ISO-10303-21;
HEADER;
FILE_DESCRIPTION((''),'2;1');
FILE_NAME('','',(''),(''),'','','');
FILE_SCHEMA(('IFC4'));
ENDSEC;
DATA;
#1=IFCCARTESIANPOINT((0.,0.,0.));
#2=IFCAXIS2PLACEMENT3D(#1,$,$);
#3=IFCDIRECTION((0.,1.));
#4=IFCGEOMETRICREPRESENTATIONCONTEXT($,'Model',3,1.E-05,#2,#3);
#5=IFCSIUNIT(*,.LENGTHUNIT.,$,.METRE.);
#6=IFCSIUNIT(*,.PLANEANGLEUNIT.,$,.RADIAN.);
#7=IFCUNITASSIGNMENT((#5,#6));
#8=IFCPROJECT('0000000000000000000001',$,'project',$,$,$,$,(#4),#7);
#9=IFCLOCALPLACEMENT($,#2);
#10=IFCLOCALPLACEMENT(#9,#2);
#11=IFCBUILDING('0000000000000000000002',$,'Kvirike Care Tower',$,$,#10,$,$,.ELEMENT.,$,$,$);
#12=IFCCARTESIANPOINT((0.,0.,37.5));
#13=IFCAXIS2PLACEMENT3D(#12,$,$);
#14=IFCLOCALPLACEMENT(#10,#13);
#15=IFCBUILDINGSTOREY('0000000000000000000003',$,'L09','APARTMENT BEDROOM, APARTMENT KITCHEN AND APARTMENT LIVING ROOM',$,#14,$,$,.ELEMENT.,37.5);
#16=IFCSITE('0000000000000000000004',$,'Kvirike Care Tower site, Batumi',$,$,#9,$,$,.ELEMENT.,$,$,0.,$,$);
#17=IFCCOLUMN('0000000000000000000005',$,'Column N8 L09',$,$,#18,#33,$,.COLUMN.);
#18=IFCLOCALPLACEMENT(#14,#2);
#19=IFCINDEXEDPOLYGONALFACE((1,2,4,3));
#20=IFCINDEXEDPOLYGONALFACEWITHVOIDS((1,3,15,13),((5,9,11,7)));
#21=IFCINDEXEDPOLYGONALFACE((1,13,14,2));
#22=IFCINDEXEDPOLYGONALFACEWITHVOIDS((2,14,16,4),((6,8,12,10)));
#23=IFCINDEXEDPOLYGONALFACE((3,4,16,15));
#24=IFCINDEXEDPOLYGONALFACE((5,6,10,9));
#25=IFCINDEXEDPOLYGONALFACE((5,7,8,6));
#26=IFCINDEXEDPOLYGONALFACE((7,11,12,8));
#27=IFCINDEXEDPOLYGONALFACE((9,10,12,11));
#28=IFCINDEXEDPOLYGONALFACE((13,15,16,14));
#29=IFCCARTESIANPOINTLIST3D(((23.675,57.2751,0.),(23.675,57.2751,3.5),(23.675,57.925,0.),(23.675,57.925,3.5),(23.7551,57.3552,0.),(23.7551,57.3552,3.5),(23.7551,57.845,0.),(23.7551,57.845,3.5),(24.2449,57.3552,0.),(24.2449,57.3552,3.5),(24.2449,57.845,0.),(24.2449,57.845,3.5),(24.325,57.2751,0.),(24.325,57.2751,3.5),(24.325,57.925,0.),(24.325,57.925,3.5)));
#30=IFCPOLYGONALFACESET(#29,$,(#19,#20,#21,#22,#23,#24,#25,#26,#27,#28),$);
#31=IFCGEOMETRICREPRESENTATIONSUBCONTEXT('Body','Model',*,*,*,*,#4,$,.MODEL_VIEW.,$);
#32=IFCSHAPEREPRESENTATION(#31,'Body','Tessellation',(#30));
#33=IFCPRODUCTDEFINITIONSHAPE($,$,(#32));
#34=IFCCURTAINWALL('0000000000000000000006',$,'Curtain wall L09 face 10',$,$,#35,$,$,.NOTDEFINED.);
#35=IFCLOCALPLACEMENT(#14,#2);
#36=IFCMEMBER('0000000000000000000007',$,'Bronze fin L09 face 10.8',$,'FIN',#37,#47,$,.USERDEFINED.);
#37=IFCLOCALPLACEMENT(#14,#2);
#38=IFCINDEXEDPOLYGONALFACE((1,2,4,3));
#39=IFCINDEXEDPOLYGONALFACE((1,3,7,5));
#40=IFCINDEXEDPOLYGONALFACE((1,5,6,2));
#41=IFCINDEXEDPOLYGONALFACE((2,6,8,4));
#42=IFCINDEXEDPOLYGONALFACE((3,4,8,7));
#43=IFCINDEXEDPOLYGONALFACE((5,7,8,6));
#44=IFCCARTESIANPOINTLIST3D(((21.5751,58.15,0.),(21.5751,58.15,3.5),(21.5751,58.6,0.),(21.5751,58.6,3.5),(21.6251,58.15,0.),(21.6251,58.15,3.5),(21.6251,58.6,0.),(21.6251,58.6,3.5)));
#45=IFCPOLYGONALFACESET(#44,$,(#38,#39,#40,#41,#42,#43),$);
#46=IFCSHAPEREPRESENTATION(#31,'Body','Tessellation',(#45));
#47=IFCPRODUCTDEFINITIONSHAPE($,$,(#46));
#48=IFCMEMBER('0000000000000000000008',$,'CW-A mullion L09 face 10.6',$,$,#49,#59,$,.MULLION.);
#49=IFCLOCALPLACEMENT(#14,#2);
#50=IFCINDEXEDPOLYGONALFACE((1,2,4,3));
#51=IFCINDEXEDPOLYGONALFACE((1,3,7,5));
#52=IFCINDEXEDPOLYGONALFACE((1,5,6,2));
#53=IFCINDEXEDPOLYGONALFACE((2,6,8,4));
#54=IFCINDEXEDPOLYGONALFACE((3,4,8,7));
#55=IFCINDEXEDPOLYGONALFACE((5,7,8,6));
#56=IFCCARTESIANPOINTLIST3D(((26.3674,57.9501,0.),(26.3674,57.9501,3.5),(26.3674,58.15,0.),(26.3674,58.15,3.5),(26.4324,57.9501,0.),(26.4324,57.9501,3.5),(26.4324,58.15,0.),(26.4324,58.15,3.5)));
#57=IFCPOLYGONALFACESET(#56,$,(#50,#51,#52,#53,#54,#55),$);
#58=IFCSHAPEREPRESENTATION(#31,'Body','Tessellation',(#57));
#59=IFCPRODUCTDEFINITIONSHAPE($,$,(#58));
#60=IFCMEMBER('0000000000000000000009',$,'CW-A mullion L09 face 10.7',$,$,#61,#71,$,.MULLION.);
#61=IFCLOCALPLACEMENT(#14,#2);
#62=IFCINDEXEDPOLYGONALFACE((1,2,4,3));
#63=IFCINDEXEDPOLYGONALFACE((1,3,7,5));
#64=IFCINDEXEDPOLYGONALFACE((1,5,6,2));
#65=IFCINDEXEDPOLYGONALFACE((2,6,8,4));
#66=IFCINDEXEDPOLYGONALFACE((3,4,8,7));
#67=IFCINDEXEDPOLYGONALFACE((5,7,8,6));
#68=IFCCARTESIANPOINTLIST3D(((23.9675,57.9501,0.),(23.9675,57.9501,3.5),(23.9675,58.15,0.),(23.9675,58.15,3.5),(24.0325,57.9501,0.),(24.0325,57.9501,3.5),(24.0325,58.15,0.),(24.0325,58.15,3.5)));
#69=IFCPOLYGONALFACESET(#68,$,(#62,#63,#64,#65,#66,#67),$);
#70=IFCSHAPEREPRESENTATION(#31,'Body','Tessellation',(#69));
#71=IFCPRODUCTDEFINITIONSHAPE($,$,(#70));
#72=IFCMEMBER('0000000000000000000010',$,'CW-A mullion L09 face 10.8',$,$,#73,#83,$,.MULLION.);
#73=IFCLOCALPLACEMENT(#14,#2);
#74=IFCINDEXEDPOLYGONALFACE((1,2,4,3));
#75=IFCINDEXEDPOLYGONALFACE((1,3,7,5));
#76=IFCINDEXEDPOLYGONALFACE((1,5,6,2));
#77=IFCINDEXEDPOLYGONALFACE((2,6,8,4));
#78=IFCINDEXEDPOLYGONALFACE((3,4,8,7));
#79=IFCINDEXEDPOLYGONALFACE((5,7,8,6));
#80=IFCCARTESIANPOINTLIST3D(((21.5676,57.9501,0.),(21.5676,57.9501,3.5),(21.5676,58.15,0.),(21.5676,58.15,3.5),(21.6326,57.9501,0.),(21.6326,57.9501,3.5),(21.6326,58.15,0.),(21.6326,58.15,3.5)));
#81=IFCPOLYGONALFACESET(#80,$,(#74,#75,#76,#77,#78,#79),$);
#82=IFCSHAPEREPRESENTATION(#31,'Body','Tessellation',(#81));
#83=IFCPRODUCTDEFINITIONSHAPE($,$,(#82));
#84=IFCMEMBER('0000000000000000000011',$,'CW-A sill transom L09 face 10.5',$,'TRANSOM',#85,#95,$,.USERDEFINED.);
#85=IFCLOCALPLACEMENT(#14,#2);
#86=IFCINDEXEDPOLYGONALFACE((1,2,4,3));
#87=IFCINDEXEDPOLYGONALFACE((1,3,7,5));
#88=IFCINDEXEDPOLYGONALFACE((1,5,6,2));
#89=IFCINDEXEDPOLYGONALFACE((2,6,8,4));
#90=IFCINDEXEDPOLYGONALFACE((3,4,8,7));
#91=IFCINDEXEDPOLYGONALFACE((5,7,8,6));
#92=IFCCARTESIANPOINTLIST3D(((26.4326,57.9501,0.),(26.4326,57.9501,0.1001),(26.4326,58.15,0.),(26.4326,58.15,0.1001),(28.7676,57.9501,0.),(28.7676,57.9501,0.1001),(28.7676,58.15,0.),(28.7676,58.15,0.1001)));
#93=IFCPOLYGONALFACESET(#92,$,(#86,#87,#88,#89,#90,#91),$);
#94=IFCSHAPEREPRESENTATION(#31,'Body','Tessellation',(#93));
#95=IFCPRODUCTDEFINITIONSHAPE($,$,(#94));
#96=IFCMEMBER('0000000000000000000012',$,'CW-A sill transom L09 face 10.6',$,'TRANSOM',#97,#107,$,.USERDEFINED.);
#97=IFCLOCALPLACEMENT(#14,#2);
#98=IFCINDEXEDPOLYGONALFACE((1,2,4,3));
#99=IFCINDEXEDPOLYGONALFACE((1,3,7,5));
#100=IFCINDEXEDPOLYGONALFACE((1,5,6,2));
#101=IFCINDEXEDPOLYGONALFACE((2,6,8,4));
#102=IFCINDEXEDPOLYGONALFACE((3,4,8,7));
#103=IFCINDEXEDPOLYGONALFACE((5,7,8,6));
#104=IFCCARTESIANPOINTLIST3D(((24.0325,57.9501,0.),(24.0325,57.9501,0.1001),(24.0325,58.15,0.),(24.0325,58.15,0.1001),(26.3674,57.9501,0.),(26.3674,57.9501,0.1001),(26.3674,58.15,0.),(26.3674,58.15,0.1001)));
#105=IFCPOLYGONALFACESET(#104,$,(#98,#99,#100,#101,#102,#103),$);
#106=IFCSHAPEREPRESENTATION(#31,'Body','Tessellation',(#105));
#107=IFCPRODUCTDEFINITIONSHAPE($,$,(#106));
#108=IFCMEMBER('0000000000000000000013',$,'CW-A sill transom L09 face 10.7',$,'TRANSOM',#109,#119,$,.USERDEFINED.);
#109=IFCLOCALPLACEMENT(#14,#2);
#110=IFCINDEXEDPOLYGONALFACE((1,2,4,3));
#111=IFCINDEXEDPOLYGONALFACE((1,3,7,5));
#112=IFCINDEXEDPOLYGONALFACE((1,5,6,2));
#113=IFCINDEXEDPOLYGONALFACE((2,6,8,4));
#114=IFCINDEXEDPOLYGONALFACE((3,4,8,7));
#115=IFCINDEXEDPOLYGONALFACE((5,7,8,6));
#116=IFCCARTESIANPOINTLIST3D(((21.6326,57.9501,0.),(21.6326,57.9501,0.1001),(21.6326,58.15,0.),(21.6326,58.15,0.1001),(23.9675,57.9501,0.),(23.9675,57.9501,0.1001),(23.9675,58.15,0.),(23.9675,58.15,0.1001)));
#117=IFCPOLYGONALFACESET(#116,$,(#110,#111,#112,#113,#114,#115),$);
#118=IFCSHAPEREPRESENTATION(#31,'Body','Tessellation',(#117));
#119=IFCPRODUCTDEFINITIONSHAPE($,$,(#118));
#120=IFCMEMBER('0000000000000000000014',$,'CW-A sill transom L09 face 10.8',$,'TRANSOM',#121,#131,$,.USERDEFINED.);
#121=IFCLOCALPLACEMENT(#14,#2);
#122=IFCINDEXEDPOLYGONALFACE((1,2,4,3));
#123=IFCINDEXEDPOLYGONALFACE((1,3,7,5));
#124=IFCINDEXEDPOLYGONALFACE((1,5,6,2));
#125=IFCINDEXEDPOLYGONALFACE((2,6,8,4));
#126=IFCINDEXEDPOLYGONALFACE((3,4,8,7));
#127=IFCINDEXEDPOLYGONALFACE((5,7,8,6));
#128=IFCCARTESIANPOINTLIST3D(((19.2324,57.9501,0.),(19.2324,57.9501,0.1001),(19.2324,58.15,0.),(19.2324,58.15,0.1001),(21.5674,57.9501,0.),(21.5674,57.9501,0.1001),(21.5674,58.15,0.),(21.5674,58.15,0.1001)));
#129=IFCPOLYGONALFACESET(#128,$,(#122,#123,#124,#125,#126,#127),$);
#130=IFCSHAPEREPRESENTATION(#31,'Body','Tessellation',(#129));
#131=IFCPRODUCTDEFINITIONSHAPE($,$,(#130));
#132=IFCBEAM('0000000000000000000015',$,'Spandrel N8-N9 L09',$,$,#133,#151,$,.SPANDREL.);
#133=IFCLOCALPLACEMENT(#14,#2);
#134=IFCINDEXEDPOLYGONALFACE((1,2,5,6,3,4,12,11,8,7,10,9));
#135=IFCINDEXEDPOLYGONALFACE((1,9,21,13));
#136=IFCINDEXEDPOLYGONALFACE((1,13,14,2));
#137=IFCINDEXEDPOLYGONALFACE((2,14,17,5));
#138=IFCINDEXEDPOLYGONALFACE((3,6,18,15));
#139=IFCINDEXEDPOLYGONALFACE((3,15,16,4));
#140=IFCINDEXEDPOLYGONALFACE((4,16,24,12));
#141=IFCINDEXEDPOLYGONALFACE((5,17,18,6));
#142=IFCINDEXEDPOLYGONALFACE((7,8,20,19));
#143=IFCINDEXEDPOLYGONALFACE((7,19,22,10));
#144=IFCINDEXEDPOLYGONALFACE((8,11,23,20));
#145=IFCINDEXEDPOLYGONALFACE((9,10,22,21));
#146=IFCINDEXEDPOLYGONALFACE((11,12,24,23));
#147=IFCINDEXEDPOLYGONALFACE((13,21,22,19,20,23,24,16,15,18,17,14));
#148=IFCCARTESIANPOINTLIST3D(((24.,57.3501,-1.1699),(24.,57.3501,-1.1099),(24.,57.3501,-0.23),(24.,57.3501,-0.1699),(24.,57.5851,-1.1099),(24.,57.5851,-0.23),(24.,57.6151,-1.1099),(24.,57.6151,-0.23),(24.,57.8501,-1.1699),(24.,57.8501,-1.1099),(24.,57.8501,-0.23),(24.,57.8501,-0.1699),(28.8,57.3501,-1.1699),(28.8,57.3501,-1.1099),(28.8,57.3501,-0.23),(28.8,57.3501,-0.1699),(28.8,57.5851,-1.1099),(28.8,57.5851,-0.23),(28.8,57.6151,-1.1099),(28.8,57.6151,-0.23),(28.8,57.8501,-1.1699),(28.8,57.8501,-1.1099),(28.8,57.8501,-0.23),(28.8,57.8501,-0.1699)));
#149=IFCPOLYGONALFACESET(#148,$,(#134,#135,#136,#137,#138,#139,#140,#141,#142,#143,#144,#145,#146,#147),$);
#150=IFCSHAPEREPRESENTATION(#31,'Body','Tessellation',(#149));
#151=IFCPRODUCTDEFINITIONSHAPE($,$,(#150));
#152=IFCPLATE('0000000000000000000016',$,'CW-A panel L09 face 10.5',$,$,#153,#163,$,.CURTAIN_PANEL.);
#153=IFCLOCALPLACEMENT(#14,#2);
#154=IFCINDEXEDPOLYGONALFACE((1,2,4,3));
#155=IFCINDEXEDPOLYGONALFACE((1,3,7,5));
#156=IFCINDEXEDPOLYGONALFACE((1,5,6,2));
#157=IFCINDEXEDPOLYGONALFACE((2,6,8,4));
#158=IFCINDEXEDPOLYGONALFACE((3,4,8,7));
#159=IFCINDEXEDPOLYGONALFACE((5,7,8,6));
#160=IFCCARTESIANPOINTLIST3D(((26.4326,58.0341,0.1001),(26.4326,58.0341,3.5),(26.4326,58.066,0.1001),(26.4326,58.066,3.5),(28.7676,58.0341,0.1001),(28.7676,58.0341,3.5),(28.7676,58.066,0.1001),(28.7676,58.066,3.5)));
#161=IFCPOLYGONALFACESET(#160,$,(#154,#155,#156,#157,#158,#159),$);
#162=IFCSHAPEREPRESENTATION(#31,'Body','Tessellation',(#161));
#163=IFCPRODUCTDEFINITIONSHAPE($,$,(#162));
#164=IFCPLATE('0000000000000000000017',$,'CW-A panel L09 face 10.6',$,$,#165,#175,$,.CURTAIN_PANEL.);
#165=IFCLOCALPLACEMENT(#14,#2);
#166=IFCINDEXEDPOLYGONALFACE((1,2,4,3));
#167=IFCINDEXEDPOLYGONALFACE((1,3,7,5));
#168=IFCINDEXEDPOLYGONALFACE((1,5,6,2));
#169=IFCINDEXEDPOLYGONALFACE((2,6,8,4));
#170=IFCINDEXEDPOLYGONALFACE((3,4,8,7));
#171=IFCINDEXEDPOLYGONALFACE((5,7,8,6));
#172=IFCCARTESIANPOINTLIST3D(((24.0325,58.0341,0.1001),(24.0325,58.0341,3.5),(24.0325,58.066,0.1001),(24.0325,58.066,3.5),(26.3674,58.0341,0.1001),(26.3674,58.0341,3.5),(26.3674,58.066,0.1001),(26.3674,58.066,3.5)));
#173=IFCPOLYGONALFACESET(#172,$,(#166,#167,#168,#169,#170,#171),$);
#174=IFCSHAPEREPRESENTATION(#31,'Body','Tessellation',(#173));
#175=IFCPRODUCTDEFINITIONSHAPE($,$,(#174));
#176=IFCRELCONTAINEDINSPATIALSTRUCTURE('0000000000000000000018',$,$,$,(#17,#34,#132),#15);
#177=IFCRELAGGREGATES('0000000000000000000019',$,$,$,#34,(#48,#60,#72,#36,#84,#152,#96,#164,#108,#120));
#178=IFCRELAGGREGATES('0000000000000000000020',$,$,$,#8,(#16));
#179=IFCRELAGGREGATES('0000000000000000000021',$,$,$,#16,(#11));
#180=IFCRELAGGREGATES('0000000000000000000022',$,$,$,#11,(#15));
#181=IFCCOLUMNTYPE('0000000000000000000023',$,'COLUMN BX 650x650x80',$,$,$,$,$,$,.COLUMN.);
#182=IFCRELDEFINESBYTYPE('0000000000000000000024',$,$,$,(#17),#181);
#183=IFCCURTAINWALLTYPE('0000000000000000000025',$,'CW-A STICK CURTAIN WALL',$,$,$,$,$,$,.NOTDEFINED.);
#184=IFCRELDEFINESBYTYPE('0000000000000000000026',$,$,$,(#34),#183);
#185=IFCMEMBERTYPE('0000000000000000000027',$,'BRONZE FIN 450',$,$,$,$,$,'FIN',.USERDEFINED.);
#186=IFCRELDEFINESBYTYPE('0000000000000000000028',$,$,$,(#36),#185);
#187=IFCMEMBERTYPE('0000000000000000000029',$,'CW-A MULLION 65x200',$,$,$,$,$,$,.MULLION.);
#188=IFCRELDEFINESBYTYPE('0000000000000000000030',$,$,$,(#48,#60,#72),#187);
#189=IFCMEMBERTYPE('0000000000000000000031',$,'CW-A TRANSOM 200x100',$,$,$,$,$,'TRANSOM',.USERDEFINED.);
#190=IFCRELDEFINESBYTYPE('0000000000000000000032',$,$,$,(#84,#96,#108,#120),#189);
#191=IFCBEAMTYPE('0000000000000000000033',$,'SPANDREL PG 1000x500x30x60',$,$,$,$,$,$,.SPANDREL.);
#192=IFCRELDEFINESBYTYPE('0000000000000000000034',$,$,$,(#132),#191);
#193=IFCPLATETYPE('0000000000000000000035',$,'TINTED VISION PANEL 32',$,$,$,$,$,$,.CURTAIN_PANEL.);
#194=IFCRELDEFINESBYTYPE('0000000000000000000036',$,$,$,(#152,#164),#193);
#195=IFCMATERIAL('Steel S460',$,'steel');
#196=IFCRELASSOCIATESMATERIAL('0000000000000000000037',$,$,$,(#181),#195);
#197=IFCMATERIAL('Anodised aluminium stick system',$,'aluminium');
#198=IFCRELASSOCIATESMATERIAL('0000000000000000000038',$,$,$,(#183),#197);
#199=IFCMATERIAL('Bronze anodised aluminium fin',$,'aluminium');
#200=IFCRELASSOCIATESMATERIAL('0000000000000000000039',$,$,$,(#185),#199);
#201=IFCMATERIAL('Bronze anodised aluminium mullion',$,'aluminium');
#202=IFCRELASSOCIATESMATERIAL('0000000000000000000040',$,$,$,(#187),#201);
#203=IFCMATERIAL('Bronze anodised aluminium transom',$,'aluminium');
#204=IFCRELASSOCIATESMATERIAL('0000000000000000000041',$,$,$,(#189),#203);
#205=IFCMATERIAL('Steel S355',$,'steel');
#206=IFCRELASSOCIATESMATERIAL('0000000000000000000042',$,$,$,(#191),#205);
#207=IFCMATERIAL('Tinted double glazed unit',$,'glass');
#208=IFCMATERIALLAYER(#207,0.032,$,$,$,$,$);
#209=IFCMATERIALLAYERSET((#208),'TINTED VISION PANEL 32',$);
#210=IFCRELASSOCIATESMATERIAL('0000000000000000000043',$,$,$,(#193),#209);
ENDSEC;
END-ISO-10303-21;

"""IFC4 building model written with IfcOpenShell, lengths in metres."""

from ifc_helpers import new_model, si_unit, direction, frame, origin, origin_2d, place, context, subcontext, project, spatial, rectangle, hollow_rectangle, i_section, extrude, material, layer, layer_set, material_profile, profile_set, type_object, element, aggregate, save


model = new_model("IFC4")

# Units and contexts
model_context = context("Model", 3, precision=1e-05, world=origin(), true_north=direction((0.0, 1.0)))
body_context = subcontext(model_context, "Body", "Model", "MODEL_VIEW")
ifc_project = project(units=[si_unit("LENGTHUNIT", "METRE"), si_unit("PLANEANGLEUNIT", "RADIAN")], contexts=[model_context])

# Site, building, storey
site_placement = place(None, origin())
site = spatial("IfcSite", under=ifc_project, at=site_placement, Name="Kvirike Care Tower site, Batumi", CompositionType="ELEMENT", RefElevation=0.0)
building_placement = place(site_placement, origin())
building = spatial("IfcBuilding", under=site, at=building_placement, Name="Kvirike Care Tower", CompositionType="ELEMENT")
storey_placement = place(building_placement, frame((0.0, 0.0, 37.5)))
storey = spatial("IfcBuildingStorey", under=building, at=storey_placement, Name="L09", Description="APARTMENT BEDROOM, APARTMENT KITCHEN AND APARTMENT LIVING ROOM", CompositionType="ELEMENT", Elevation=37.5)

# Column
ifc_material_1 = material(Name="Steel S460", Category="steel")
ifc_material_profile_1 = material_profile(ifc_material_1, hollow_rectangle(XDim=0.6499, YDim=0.6499, WallThickness=0.0801, at=origin_2d()), Name="BX 650x650x80")
ifc_profile_set_1 = profile_set([ifc_material_profile_1], Name="Steel S460")
column_type = type_object("IfcColumnType", Name="COLUMN BX 650x650x80", PredefinedType="COLUMN", material=ifc_profile_set_1)
column_placement = place(storey_placement, frame((24.0, 57.6001, 0.0), z_axis=(0.0, 0.0, 1.0), x_axis=(0.0, 1.0, 0.0)))
element("IfcColumn", 1, at=column_placement, inside=storey, type_object=column_type, Name="Column N8 L09", PredefinedType="COLUMN", context=body_context, shape_type="SweptSolid", body=[
    extrude(hollow_rectangle(XDim=0.6499, YDim=0.6499, WallThickness=0.0801, at=origin_2d()), origin(), (0.0, 0.0, 1.0), 3.5),
])

# Curtain wall, members
ifc_material_2 = material(Name="Anodised aluminium stick system", Category="aluminium")
curtain_wall_type = type_object("IfcCurtainWallType", Name="CW-A STICK CURTAIN WALL", PredefinedType="NOTDEFINED", material=ifc_material_2)
curtain_wall_placement = place(storey_placement, origin())
curtain_wall = element("IfcCurtainWall", 2, at=curtain_wall_placement, inside=storey, type_object=curtain_wall_type, Name="Curtain wall L09 face 10", PredefinedType="NOTDEFINED")
ifc_material_3 = material(Name="Bronze anodised aluminium fin", Category="aluminium")
ifc_material_profile_2 = material_profile(ifc_material_3, rectangle(XDim=0.05, YDim=0.45, at=origin_2d()), Name="BRONZE FIN 450")
ifc_profile_set_2 = profile_set([ifc_material_profile_2], Name="Bronze anodised aluminium fin")
member_type_1 = type_object("IfcMemberType", Name="BRONZE FIN 450", ElementType="FIN", PredefinedType="USERDEFINED", material=ifc_profile_set_2)
member_1_placement = place(storey_placement, frame((21.6001, 58.375, 0.0), z_axis=(0.0, 0.0, 1.0), x_axis=(-1.0, 0.0, 0.0)))
member_1 = element("IfcMember", 3, at=member_1_placement, type_object=member_type_1, Name="Bronze fin L09 face 10.8", ObjectType="FIN", PredefinedType="USERDEFINED", context=body_context, shape_type="SweptSolid", body=[
    extrude(rectangle(XDim=0.05, YDim=0.45, at=origin_2d()), origin(), (0.0, 0.0, 1.0), 3.5),
])
ifc_material_4 = material(Name="Bronze anodised aluminium mullion", Category="aluminium")
ifc_material_profile_3 = material_profile(ifc_material_4, rectangle(XDim=0.0649, YDim=0.2, at=origin_2d()), Name="CW-A MULLION 65x200")
ifc_profile_set_3 = profile_set([ifc_material_profile_3], Name="Bronze anodised aluminium mullion")
member_type_2 = type_object("IfcMemberType", Name="CW-A MULLION 65x200", PredefinedType="MULLION", material=ifc_profile_set_3)
member_2_placement = place(storey_placement, frame((26.3999, 58.05, 0.0), z_axis=(0.0, 0.0, 1.0), x_axis=(-1.0, 0.0, 0.0)))
member_2 = element("IfcMember", 4, at=member_2_placement, type_object=member_type_2, Name="CW-A mullion L09 face 10.6", PredefinedType="MULLION", context=body_context, shape_type="SweptSolid", body=[
    extrude(rectangle(XDim=0.0649, YDim=0.2, at=origin_2d()), origin(), (0.0, 0.0, 1.0), 3.5),
])
member_3_placement = place(storey_placement, frame((24.0, 58.05, 0.0), z_axis=(0.0, 0.0, 1.0), x_axis=(-1.0, 0.0, 0.0)))
member_3 = element("IfcMember", 5, at=member_3_placement, type_object=member_type_2, Name="CW-A mullion L09 face 10.7", PredefinedType="MULLION", context=body_context, shape_type="SweptSolid", body=[
    extrude(rectangle(XDim=0.0649, YDim=0.2, at=origin_2d()), origin(), (0.0, 0.0, 1.0), 3.5),
])
member_4_placement = place(storey_placement, frame((21.6001, 58.05, 0.0), z_axis=(0.0, 0.0, 1.0), x_axis=(-1.0, 0.0, 0.0)))
member_4 = element("IfcMember", 6, at=member_4_placement, type_object=member_type_2, Name="CW-A mullion L09 face 10.8", PredefinedType="MULLION", context=body_context, shape_type="SweptSolid", body=[
    extrude(rectangle(XDim=0.0649, YDim=0.2, at=origin_2d()), origin(), (0.0, 0.0, 1.0), 3.5),
])
ifc_material_5 = material(Name="Bronze anodised aluminium transom", Category="aluminium")
ifc_material_profile_4 = material_profile(ifc_material_5, rectangle(XDim=0.2, YDim=0.1001, at=origin_2d()), Name="CW-A TRANSOM 200x100")
ifc_profile_set_4 = profile_set([ifc_material_profile_4], Name="Bronze anodised aluminium transom")
member_type_3 = type_object("IfcMemberType", Name="CW-A TRANSOM 200x100", ElementType="TRANSOM", PredefinedType="USERDEFINED", material=ifc_profile_set_4)
member_5_placement = place(storey_placement, frame((28.7676, 58.05, 0.05), z_axis=(-1.0, 0.0, 0.0), x_axis=(0.0, -1.0, 0.0)))
member_5 = element("IfcMember", 7, at=member_5_placement, type_object=member_type_3, Name="CW-A sill transom L09 face 10.5", ObjectType="TRANSOM", PredefinedType="USERDEFINED", context=body_context, shape_type="SweptSolid", body=[
    extrude(rectangle(XDim=0.2, YDim=0.1001, at=origin_2d()), origin(), (0.0, 0.0, 1.0), 2.335),
])
member_6_placement = place(storey_placement, frame((26.3674, 58.05, 0.05), z_axis=(-1.0, 0.0, 0.0), x_axis=(0.0, -1.0, 0.0)))
member_6 = element("IfcMember", 8, at=member_6_placement, type_object=member_type_3, Name="CW-A sill transom L09 face 10.6", ObjectType="TRANSOM", PredefinedType="USERDEFINED", context=body_context, shape_type="SweptSolid", body=[
    extrude(rectangle(XDim=0.2, YDim=0.1001, at=origin_2d()), origin(), (0.0, 0.0, 1.0), 2.335),
])
member_7_placement = place(storey_placement, frame((23.9675, 58.05, 0.05), z_axis=(-1.0, 0.0, 0.0), x_axis=(0.0, -1.0, 0.0)))
member_7 = element("IfcMember", 9, at=member_7_placement, type_object=member_type_3, Name="CW-A sill transom L09 face 10.7", ObjectType="TRANSOM", PredefinedType="USERDEFINED", context=body_context, shape_type="SweptSolid", body=[
    extrude(rectangle(XDim=0.2, YDim=0.1001, at=origin_2d()), origin(), (0.0, 0.0, 1.0), 2.335),
])
member_8_placement = place(storey_placement, frame((21.5674, 58.05, 0.05), z_axis=(-1.0, 0.0, 0.0), x_axis=(0.0, -1.0, 0.0)))
member_8 = element("IfcMember", 10, at=member_8_placement, type_object=member_type_3, Name="CW-A sill transom L09 face 10.8", ObjectType="TRANSOM", PredefinedType="USERDEFINED", context=body_context, shape_type="SweptSolid", body=[
    extrude(rectangle(XDim=0.2, YDim=0.1001, at=origin_2d()), origin(), (0.0, 0.0, 1.0), 2.335),
])

# Beam
ifc_material_6 = material(Name="Steel S355", Category="steel")
ifc_material_profile_5 = material_profile(ifc_material_6, i_section(OverallWidth=0.5, OverallDepth=1.0, WebThickness=0.03, FlangeThickness=0.0601, at=origin_2d()), Name="PG 1000x500x30x60")
ifc_profile_set_5 = profile_set([ifc_material_profile_5], Name="Steel S355")
beam_type = type_object("IfcBeamType", Name="SPANDREL PG 1000x500x30x60", PredefinedType="SPANDREL", material=ifc_profile_set_5)
beam_placement = place(storey_placement, frame((24.0, 57.6001, -0.6699), z_axis=(1.0, 0.0, 0.0), x_axis=(0.0, 1.0, 0.0)))
element("IfcBeam", 11, at=beam_placement, inside=storey, type_object=beam_type, Name="Spandrel N8-N9 L09", PredefinedType="SPANDREL", context=body_context, shape_type="SweptSolid", body=[
    extrude(i_section(OverallWidth=0.5, OverallDepth=1.0, WebThickness=0.03, FlangeThickness=0.0601, at=origin_2d()), origin(), (0.0, 0.0, 1.0), 4.8),
])

# Plates
ifc_material_7 = material(Name="Tinted double glazed unit", Category="glass")
ifc_layer_1 = layer(ifc_material_7, 0.032)
ifc_layer_set_1 = layer_set([ifc_layer_1], Name="TINTED VISION PANEL 32")
plate_type = type_object("IfcPlateType", Name="TINTED VISION PANEL 32", PredefinedType="CURTAIN_PANEL", material=ifc_layer_set_1)
plate_1_placement = place(storey_placement, frame((27.6001, 58.05, 0.1001), z_axis=(0.0, 0.0, 1.0), x_axis=(-1.0, 0.0, 0.0)))
plate_1 = element("IfcPlate", 12, at=plate_1_placement, type_object=plate_type, Name="CW-A panel L09 face 10.5", PredefinedType="CURTAIN_PANEL", context=body_context, shape_type="SweptSolid", body=[
    extrude(rectangle(XDim=2.335, YDim=0.032, at=origin_2d()), origin(), (0.0, 0.0, 1.0), 3.3999),
])
plate_2_placement = place(storey_placement, frame((25.2, 58.05, 0.1001), z_axis=(0.0, 0.0, 1.0), x_axis=(-1.0, 0.0, 0.0)))
plate_2 = element("IfcPlate", 13, at=plate_2_placement, type_object=plate_type, Name="CW-A panel L09 face 10.6", PredefinedType="CURTAIN_PANEL", context=body_context, shape_type="SweptSolid", body=[
    extrude(rectangle(XDim=2.335, YDim=0.032, at=origin_2d()), origin(), (0.0, 0.0, 1.0), 3.3999),
])
aggregate(curtain_wall, [member_2, member_3, member_4, member_1, member_5, plate_1, member_6, plate_2, member_7, member_8])

save(model, "model.ifc")
